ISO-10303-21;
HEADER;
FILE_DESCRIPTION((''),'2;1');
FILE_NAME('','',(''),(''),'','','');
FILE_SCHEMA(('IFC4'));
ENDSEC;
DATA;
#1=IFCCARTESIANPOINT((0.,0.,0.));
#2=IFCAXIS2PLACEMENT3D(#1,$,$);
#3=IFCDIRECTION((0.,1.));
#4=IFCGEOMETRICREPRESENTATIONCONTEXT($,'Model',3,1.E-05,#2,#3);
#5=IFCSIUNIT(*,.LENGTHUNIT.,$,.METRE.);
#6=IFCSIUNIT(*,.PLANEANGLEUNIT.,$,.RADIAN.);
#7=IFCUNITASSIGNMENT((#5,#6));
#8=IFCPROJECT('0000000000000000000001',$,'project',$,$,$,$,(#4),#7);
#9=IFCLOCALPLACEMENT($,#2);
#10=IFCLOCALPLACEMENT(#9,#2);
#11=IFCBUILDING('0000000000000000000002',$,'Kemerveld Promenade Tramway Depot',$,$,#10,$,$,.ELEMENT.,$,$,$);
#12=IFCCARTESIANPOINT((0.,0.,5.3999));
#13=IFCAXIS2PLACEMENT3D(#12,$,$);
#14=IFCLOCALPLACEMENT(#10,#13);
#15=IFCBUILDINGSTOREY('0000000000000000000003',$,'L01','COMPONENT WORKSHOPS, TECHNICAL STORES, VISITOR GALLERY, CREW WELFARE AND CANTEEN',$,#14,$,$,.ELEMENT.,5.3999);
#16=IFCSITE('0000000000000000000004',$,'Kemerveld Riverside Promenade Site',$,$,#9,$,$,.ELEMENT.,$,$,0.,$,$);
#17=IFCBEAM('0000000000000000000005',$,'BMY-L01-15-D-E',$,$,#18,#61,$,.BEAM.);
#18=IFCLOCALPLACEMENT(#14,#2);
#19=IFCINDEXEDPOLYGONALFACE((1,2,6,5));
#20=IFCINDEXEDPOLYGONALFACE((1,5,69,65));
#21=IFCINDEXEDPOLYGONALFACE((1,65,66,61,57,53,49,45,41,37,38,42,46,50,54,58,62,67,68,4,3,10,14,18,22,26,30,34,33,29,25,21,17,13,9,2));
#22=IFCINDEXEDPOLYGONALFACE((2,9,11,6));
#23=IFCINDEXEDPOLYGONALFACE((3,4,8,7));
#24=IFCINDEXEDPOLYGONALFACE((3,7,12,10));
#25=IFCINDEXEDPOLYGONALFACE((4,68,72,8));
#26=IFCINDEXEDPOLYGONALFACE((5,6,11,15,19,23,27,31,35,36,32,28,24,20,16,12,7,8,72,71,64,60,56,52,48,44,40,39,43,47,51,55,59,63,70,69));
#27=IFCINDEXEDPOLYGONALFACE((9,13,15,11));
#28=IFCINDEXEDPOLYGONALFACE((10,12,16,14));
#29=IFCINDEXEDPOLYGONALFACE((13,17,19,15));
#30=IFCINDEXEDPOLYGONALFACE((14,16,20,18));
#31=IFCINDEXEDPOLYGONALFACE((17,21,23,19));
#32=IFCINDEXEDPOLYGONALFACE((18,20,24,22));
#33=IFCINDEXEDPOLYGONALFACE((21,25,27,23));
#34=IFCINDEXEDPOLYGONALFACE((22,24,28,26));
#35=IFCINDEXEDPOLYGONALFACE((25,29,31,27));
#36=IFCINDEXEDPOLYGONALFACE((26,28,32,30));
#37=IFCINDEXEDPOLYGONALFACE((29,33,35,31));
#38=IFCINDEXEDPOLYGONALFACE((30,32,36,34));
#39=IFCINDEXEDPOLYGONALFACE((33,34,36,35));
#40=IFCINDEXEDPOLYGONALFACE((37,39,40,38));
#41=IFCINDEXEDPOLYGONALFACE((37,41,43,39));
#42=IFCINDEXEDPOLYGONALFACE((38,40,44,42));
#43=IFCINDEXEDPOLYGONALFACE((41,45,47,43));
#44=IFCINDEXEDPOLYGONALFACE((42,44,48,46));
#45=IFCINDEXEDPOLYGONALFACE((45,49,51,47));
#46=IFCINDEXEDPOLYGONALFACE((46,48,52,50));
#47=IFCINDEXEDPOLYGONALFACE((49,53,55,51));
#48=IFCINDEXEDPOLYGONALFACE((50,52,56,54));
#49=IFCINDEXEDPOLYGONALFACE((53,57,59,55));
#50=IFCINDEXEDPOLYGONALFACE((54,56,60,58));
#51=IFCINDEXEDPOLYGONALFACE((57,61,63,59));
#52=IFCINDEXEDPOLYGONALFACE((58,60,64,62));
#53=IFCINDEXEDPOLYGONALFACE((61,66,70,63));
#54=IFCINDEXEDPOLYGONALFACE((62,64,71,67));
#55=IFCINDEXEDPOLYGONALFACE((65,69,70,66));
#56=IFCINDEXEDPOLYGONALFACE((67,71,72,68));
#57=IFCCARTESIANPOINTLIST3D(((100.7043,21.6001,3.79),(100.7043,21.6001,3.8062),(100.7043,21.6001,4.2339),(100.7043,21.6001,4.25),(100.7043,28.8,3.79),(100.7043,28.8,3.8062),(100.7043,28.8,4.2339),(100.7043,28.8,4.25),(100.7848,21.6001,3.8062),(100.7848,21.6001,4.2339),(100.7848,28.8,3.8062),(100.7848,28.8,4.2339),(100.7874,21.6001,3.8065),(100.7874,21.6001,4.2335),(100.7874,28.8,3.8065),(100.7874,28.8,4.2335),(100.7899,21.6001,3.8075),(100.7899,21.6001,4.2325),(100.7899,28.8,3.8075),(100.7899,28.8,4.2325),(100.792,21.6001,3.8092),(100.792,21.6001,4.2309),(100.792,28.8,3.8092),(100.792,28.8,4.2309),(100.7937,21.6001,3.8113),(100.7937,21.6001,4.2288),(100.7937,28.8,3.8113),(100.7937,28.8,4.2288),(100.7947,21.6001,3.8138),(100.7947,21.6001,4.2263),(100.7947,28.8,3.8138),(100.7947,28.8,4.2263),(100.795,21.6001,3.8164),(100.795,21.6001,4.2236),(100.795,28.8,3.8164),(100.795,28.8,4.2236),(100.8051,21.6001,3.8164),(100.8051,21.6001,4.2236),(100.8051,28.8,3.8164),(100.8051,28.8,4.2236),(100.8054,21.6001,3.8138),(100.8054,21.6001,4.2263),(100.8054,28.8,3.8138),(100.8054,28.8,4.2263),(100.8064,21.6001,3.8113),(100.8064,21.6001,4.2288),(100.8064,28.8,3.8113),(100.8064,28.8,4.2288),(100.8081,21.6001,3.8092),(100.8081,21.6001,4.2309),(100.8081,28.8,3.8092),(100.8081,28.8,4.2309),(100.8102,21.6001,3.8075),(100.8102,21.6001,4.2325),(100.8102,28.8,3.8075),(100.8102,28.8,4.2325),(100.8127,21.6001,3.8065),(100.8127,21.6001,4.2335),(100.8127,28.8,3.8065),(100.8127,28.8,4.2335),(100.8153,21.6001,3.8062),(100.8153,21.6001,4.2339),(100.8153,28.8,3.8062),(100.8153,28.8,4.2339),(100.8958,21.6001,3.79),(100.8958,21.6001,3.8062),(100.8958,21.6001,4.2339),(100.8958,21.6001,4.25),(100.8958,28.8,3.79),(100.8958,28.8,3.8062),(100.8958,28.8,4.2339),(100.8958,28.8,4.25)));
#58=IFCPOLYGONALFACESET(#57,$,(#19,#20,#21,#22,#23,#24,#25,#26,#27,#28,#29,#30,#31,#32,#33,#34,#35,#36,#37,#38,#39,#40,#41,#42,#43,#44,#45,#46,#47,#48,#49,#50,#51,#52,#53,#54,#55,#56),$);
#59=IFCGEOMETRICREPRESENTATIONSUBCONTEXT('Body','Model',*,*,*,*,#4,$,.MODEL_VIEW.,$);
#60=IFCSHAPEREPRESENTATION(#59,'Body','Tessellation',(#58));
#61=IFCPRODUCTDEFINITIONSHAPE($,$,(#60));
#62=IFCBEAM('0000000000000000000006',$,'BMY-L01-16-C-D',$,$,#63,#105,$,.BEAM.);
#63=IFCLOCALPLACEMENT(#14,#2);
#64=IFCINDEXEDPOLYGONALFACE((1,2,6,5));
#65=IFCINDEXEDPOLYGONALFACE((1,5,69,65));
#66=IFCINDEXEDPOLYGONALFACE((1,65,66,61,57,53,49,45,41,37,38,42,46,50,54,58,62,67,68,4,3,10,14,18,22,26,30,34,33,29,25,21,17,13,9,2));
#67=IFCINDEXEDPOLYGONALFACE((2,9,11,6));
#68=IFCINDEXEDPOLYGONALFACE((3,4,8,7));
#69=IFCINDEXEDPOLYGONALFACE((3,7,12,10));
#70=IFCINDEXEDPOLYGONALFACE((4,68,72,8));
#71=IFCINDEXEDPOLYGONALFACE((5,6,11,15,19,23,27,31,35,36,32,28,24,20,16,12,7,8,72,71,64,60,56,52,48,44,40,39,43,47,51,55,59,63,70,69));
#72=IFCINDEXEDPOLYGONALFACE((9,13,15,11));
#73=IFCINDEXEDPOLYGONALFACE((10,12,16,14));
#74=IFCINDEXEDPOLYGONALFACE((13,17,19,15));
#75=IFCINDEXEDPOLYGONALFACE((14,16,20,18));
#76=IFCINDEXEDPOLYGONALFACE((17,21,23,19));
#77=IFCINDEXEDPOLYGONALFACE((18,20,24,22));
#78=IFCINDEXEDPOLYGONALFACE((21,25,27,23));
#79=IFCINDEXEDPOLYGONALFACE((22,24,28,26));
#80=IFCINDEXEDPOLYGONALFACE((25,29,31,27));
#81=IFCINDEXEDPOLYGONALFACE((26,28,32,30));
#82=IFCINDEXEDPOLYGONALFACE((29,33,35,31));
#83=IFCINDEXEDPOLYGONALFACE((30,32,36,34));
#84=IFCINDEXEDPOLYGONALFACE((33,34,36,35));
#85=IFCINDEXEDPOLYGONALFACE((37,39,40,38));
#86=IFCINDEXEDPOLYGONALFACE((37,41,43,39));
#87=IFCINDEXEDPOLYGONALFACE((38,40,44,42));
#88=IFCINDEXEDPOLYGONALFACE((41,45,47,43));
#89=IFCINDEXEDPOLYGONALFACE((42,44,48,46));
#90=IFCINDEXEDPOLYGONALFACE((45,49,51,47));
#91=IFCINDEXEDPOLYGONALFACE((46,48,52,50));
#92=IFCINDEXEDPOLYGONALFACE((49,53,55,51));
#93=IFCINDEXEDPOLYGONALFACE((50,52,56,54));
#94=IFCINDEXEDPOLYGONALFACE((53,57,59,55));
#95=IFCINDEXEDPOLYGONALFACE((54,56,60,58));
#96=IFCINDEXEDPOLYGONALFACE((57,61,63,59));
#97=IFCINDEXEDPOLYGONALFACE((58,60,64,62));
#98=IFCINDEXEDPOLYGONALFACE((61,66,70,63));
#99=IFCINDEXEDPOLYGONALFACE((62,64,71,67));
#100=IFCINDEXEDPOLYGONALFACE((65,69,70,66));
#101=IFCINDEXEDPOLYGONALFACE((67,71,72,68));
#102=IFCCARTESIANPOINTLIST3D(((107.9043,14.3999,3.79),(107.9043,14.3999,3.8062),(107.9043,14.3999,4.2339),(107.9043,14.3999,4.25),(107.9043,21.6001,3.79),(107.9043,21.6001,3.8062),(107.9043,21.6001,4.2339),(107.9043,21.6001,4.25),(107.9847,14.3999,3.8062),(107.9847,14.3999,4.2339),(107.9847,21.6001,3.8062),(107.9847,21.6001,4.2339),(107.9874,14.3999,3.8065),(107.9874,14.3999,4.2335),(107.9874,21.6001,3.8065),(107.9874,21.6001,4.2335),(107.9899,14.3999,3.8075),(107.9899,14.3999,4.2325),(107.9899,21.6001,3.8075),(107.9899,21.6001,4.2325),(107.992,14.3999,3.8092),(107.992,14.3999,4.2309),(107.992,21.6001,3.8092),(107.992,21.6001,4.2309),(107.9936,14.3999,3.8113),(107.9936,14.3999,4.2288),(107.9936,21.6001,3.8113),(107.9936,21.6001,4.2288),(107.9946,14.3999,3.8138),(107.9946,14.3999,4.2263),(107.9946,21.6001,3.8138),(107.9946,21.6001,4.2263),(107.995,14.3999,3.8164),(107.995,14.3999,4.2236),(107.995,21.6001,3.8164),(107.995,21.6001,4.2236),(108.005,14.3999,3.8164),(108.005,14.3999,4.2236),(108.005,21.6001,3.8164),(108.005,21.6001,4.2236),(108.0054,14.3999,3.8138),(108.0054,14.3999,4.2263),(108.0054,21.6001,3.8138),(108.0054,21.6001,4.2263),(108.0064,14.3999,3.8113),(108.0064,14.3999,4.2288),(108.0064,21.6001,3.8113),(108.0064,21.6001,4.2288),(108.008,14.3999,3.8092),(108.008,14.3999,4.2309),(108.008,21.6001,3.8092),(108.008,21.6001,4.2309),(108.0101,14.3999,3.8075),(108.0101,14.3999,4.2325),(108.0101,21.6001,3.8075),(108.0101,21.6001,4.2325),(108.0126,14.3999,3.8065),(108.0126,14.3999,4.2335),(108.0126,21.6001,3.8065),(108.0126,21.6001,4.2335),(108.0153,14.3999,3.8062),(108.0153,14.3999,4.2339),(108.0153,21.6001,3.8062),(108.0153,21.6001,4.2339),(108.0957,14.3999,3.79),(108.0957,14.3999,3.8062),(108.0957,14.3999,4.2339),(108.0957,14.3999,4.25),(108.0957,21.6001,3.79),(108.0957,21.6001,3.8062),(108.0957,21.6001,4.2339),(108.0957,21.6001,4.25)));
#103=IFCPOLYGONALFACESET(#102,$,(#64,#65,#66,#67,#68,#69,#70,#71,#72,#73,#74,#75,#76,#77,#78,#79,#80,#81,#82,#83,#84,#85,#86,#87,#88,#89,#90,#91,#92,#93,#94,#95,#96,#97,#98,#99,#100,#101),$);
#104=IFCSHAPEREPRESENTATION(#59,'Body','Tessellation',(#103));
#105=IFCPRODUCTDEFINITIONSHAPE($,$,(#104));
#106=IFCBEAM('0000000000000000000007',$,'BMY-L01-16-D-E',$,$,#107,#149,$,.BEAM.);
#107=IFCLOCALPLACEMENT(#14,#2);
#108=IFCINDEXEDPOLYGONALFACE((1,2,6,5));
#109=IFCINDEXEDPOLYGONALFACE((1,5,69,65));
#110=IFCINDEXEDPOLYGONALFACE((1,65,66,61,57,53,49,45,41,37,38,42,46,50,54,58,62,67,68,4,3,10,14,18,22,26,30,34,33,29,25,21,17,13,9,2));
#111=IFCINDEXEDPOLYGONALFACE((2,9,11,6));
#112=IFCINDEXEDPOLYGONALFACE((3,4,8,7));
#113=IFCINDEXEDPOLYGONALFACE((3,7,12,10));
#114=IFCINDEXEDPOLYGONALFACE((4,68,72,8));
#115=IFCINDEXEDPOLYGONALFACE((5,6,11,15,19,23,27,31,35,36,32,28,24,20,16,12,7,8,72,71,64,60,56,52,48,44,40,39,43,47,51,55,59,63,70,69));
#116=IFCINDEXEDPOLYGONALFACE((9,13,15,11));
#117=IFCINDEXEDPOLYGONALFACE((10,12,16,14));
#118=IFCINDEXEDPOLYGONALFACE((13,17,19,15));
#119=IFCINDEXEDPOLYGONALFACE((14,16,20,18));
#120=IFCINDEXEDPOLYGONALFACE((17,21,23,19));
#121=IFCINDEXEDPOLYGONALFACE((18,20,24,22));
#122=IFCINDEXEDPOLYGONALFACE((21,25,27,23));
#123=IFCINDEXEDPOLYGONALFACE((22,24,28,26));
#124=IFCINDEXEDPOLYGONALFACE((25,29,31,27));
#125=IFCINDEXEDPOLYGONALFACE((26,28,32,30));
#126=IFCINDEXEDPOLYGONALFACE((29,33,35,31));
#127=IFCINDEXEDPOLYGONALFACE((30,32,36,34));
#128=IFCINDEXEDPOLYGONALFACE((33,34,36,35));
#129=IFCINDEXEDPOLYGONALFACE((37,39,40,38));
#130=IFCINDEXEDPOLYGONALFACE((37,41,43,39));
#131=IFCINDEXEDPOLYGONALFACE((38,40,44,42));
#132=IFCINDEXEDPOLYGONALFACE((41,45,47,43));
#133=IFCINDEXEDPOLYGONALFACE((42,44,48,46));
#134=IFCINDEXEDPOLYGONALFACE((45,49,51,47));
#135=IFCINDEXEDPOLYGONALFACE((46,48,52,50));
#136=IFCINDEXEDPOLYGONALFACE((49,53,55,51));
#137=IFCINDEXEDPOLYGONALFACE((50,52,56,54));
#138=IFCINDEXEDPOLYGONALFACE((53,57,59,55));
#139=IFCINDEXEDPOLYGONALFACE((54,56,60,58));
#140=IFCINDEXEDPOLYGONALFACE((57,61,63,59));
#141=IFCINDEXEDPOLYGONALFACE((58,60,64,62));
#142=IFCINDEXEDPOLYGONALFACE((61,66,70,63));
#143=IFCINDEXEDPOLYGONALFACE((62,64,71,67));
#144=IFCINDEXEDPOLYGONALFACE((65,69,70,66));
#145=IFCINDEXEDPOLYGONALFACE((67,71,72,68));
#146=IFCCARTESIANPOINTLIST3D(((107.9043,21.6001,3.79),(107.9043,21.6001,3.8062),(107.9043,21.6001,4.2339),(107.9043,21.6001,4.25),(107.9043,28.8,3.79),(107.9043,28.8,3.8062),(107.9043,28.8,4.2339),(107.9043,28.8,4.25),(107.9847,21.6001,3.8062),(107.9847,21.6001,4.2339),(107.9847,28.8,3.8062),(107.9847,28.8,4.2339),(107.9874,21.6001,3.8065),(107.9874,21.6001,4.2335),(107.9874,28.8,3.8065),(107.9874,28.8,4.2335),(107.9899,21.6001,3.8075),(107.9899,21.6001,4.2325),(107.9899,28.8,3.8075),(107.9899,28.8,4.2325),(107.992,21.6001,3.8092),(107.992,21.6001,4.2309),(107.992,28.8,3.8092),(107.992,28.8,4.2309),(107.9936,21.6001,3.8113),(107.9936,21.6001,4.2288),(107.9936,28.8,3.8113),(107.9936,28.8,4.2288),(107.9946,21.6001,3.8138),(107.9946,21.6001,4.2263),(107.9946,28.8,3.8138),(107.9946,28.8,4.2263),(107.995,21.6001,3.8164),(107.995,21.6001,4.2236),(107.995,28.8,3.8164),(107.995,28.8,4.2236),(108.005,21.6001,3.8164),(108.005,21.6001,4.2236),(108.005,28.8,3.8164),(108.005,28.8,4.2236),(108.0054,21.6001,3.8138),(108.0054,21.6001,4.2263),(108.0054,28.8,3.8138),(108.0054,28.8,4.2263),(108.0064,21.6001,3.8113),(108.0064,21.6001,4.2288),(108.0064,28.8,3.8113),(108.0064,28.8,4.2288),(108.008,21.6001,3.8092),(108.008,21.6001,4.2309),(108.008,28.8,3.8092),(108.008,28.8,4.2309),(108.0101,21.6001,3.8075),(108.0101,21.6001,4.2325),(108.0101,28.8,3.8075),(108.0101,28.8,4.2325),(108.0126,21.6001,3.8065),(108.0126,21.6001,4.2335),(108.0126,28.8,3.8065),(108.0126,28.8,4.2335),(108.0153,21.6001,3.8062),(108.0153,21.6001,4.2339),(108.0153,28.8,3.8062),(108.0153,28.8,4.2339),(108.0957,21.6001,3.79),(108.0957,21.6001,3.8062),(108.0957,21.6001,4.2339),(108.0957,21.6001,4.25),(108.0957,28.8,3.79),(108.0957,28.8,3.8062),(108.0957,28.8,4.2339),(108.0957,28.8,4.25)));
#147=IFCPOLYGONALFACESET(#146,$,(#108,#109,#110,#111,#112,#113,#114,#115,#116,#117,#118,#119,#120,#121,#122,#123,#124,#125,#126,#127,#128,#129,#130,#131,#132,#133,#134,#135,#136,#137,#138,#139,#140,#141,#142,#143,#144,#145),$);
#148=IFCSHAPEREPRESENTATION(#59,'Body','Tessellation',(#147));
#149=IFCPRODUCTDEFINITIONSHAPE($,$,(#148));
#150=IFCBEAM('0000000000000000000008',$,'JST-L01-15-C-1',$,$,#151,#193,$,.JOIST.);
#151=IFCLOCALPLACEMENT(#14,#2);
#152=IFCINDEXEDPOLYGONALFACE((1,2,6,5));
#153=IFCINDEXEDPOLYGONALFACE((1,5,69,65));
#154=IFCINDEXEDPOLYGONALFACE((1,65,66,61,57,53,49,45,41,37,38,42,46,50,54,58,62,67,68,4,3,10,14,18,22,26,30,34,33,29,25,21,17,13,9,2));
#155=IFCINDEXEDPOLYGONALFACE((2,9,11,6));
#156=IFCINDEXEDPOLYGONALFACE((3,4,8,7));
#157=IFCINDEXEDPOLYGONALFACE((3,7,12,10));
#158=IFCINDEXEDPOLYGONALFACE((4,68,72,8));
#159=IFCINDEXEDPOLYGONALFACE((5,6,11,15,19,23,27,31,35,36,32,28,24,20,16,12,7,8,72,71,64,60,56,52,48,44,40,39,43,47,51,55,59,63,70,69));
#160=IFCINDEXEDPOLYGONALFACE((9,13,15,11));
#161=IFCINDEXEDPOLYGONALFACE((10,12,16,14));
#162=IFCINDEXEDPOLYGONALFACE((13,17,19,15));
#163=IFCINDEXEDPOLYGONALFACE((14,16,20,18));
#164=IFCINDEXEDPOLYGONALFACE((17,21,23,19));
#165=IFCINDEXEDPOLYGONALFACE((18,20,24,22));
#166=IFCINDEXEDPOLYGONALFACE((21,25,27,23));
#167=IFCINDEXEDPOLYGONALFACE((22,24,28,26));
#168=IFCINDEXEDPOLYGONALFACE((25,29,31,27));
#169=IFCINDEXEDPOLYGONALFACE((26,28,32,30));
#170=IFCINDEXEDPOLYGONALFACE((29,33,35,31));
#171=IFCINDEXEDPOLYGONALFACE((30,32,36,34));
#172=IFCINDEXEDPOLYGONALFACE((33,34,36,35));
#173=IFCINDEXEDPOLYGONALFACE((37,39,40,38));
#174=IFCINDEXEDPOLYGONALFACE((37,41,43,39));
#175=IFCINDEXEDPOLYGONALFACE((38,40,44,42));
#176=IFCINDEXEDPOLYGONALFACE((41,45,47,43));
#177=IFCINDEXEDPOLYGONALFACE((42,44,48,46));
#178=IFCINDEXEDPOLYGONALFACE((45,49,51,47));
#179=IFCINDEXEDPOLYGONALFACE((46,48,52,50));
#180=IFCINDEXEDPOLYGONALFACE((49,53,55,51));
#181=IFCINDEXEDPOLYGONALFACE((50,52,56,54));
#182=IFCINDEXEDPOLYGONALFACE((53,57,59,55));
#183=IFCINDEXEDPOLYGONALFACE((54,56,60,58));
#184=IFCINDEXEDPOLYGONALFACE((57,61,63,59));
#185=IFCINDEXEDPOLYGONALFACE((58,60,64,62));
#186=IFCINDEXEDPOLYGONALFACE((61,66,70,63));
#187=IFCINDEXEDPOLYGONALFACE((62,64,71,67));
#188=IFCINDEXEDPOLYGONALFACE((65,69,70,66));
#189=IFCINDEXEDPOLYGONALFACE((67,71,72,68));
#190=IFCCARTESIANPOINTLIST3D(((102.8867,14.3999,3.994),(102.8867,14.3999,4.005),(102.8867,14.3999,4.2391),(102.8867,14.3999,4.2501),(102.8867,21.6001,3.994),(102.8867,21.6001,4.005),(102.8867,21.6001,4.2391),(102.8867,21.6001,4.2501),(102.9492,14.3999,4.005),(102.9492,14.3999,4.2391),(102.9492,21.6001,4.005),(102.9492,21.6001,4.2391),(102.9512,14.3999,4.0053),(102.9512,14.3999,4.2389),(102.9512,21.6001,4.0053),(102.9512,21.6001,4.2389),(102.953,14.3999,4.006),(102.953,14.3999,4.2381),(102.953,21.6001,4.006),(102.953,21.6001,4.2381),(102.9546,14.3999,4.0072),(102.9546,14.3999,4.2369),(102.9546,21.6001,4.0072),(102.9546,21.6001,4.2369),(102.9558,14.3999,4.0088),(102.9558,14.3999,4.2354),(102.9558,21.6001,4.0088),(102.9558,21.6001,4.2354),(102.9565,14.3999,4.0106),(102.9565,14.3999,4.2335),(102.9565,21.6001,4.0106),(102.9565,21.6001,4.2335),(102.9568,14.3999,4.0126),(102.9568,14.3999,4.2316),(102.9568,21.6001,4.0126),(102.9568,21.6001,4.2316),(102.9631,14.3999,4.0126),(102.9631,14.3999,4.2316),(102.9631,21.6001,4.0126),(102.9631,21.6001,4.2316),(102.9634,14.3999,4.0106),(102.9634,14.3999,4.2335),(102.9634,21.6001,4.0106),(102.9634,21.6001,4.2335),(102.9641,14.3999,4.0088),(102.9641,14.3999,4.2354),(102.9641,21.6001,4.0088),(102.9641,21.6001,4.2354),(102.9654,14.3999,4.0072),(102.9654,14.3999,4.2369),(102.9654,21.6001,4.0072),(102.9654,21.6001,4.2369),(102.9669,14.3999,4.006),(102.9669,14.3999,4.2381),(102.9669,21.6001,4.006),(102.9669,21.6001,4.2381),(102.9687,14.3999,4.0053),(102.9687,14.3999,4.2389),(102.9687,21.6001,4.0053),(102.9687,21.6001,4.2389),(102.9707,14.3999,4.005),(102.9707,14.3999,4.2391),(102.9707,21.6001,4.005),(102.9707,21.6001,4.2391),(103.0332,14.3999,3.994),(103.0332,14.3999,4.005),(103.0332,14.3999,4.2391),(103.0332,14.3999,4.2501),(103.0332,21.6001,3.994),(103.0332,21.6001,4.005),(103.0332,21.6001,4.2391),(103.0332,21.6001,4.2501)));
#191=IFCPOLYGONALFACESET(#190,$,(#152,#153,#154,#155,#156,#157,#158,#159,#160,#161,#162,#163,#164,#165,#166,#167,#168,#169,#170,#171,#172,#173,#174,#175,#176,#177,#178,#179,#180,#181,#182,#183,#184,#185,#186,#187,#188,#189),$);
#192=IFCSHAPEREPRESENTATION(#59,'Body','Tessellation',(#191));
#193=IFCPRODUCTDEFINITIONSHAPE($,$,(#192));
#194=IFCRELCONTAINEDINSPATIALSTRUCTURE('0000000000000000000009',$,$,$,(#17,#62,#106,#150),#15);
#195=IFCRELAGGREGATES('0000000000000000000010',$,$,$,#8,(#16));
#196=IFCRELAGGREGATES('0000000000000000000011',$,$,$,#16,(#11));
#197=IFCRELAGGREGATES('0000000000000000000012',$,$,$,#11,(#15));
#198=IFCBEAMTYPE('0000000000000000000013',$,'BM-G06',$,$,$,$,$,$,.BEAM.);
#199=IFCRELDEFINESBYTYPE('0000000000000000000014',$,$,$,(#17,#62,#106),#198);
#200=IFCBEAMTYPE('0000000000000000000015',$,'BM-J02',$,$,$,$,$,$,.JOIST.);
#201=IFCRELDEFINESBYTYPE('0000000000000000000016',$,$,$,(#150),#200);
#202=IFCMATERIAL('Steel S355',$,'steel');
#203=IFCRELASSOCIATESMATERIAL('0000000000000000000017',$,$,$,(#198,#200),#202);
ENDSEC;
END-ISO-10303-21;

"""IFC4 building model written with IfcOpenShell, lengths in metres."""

from ifc_helpers import new_model, si_unit, direction, frame, origin, origin_2d, place, context, subcontext, project, spatial, i_section, extrude, material, material_profile, profile_set, type_object, element, save


model = new_model("IFC4")

# Units and contexts
model_context = context("Model", 3, precision=1e-05, world=origin(), true_north=direction((0.0, 1.0)))
body_context = subcontext(model_context, "Body", "Model", "MODEL_VIEW")
ifc_project = project(units=[si_unit("LENGTHUNIT", "METRE"), si_unit("PLANEANGLEUNIT", "RADIAN")], contexts=[model_context])

# Site, building, storey
site_placement = place(None, origin())
site = spatial("IfcSite", under=ifc_project, at=site_placement, Name="Kemerveld Riverside Promenade Site", CompositionType="ELEMENT", RefElevation=0.0)
building_placement = place(site_placement, origin())
building = spatial("IfcBuilding", under=site, at=building_placement, Name="Kemerveld Promenade Tramway Depot", CompositionType="ELEMENT")
storey_placement = place(building_placement, frame((0.0, 0.0, 5.3999)))
storey = spatial("IfcBuildingStorey", under=building, at=storey_placement, Name="L01", Description="COMPONENT WORKSHOPS, TECHNICAL STORES, VISITOR GALLERY, CREW WELFARE AND CANTEEN", CompositionType="ELEMENT", Elevation=5.3999)

# Shared definitions
ifc_material_1 = material(Name="Steel S355", Category="steel")

# Beams
ifc_material_profile_1 = material_profile(ifc_material_1, i_section(OverallWidth=0.1914, OverallDepth=0.46, WebThickness=0.01, FlangeThickness=0.0161, FilletRadius=0.0103, at=origin_2d()), Name="457x191x82 UB")
ifc_profile_set_1 = profile_set([ifc_material_profile_1], Name="Steel S355")
beam_type_1 = type_object("IfcBeamType", Name="BM-G06", PredefinedType="BEAM", material=ifc_profile_set_1)
beam_1_placement = place(storey_placement, frame((100.8, 21.6001, 4.02), z_axis=(0.0, 1.0, 0.0), x_axis=(-1.0, 0.0, 0.0)))
element("IfcBeam", 1, at=beam_1_placement, inside=storey, type_object=beam_type_1, Name="BMY-L01-15-D-E", PredefinedType="BEAM", context=body_context, shape_type="SweptSolid", body=[
    extrude(i_section(OverallWidth=0.1914, OverallDepth=0.46, WebThickness=0.01, FlangeThickness=0.0161, FilletRadius=0.0103, at=origin_2d()), origin(), (0.0, 0.0, 1.0), 7.2),
])
beam_2_placement = place(storey_placement, frame((108.0, 14.3999, 4.02), z_axis=(0.0, 1.0, 0.0), x_axis=(-1.0, 0.0, 0.0)))
element("IfcBeam", 2, at=beam_2_placement, inside=storey, type_object=beam_type_1, Name="BMY-L01-16-C-D", PredefinedType="BEAM", context=body_context, shape_type="SweptSolid", body=[
    extrude(i_section(OverallWidth=0.1914, OverallDepth=0.46, WebThickness=0.01, FlangeThickness=0.0161, FilletRadius=0.0103, at=origin_2d()), origin(), (0.0, 0.0, 1.0), 7.2002),
])
beam_3_placement = place(storey_placement, frame((108.0, 21.6001, 4.02), z_axis=(0.0, 1.0, 0.0), x_axis=(-1.0, 0.0, 0.0)))
element("IfcBeam", 3, at=beam_3_placement, inside=storey, type_object=beam_type_1, Name="BMY-L01-16-D-E", PredefinedType="BEAM", context=body_context, shape_type="SweptSolid", body=[
    extrude(i_section(OverallWidth=0.1914, OverallDepth=0.46, WebThickness=0.01, FlangeThickness=0.0161, FilletRadius=0.0103, at=origin_2d()), origin(), (0.0, 0.0, 1.0), 7.2),
])
ifc_material_profile_2 = material_profile(ifc_material_1, i_section(OverallWidth=0.1465, OverallDepth=0.2561, WebThickness=0.0063, FlangeThickness=0.011, FilletRadius=0.0076, at=origin_2d()), Name="254x146x37 UB")
ifc_profile_set_2 = profile_set([ifc_material_profile_2], Name="Steel S355")
beam_type_2 = type_object("IfcBeamType", Name="BM-J02", PredefinedType="JOIST", material=ifc_profile_set_2)
for number, where, z_axis, x_axis, name in (
    (4, (102.96, 14.3999, 4.1221), (0.0, 1.0, 0.0), (-1.0, 0.0, 0.0), "JST-L01-15-C-1"),
):
    element("IfcBeam", number, at=place(storey_placement, frame(where, z_axis=z_axis, x_axis=x_axis)), inside=storey, type_object=beam_type_2, Name=name, PredefinedType="JOIST", context=body_context, shape_type="SweptSolid", body=[
        extrude(i_section(OverallWidth=0.1465, OverallDepth=0.2561, WebThickness=0.0063, FlangeThickness=0.011, FilletRadius=0.0076, at=origin_2d()), origin(), (0.0, 0.0, 1.0), 7.2002),
    ])

save(model, "model.ifc")
